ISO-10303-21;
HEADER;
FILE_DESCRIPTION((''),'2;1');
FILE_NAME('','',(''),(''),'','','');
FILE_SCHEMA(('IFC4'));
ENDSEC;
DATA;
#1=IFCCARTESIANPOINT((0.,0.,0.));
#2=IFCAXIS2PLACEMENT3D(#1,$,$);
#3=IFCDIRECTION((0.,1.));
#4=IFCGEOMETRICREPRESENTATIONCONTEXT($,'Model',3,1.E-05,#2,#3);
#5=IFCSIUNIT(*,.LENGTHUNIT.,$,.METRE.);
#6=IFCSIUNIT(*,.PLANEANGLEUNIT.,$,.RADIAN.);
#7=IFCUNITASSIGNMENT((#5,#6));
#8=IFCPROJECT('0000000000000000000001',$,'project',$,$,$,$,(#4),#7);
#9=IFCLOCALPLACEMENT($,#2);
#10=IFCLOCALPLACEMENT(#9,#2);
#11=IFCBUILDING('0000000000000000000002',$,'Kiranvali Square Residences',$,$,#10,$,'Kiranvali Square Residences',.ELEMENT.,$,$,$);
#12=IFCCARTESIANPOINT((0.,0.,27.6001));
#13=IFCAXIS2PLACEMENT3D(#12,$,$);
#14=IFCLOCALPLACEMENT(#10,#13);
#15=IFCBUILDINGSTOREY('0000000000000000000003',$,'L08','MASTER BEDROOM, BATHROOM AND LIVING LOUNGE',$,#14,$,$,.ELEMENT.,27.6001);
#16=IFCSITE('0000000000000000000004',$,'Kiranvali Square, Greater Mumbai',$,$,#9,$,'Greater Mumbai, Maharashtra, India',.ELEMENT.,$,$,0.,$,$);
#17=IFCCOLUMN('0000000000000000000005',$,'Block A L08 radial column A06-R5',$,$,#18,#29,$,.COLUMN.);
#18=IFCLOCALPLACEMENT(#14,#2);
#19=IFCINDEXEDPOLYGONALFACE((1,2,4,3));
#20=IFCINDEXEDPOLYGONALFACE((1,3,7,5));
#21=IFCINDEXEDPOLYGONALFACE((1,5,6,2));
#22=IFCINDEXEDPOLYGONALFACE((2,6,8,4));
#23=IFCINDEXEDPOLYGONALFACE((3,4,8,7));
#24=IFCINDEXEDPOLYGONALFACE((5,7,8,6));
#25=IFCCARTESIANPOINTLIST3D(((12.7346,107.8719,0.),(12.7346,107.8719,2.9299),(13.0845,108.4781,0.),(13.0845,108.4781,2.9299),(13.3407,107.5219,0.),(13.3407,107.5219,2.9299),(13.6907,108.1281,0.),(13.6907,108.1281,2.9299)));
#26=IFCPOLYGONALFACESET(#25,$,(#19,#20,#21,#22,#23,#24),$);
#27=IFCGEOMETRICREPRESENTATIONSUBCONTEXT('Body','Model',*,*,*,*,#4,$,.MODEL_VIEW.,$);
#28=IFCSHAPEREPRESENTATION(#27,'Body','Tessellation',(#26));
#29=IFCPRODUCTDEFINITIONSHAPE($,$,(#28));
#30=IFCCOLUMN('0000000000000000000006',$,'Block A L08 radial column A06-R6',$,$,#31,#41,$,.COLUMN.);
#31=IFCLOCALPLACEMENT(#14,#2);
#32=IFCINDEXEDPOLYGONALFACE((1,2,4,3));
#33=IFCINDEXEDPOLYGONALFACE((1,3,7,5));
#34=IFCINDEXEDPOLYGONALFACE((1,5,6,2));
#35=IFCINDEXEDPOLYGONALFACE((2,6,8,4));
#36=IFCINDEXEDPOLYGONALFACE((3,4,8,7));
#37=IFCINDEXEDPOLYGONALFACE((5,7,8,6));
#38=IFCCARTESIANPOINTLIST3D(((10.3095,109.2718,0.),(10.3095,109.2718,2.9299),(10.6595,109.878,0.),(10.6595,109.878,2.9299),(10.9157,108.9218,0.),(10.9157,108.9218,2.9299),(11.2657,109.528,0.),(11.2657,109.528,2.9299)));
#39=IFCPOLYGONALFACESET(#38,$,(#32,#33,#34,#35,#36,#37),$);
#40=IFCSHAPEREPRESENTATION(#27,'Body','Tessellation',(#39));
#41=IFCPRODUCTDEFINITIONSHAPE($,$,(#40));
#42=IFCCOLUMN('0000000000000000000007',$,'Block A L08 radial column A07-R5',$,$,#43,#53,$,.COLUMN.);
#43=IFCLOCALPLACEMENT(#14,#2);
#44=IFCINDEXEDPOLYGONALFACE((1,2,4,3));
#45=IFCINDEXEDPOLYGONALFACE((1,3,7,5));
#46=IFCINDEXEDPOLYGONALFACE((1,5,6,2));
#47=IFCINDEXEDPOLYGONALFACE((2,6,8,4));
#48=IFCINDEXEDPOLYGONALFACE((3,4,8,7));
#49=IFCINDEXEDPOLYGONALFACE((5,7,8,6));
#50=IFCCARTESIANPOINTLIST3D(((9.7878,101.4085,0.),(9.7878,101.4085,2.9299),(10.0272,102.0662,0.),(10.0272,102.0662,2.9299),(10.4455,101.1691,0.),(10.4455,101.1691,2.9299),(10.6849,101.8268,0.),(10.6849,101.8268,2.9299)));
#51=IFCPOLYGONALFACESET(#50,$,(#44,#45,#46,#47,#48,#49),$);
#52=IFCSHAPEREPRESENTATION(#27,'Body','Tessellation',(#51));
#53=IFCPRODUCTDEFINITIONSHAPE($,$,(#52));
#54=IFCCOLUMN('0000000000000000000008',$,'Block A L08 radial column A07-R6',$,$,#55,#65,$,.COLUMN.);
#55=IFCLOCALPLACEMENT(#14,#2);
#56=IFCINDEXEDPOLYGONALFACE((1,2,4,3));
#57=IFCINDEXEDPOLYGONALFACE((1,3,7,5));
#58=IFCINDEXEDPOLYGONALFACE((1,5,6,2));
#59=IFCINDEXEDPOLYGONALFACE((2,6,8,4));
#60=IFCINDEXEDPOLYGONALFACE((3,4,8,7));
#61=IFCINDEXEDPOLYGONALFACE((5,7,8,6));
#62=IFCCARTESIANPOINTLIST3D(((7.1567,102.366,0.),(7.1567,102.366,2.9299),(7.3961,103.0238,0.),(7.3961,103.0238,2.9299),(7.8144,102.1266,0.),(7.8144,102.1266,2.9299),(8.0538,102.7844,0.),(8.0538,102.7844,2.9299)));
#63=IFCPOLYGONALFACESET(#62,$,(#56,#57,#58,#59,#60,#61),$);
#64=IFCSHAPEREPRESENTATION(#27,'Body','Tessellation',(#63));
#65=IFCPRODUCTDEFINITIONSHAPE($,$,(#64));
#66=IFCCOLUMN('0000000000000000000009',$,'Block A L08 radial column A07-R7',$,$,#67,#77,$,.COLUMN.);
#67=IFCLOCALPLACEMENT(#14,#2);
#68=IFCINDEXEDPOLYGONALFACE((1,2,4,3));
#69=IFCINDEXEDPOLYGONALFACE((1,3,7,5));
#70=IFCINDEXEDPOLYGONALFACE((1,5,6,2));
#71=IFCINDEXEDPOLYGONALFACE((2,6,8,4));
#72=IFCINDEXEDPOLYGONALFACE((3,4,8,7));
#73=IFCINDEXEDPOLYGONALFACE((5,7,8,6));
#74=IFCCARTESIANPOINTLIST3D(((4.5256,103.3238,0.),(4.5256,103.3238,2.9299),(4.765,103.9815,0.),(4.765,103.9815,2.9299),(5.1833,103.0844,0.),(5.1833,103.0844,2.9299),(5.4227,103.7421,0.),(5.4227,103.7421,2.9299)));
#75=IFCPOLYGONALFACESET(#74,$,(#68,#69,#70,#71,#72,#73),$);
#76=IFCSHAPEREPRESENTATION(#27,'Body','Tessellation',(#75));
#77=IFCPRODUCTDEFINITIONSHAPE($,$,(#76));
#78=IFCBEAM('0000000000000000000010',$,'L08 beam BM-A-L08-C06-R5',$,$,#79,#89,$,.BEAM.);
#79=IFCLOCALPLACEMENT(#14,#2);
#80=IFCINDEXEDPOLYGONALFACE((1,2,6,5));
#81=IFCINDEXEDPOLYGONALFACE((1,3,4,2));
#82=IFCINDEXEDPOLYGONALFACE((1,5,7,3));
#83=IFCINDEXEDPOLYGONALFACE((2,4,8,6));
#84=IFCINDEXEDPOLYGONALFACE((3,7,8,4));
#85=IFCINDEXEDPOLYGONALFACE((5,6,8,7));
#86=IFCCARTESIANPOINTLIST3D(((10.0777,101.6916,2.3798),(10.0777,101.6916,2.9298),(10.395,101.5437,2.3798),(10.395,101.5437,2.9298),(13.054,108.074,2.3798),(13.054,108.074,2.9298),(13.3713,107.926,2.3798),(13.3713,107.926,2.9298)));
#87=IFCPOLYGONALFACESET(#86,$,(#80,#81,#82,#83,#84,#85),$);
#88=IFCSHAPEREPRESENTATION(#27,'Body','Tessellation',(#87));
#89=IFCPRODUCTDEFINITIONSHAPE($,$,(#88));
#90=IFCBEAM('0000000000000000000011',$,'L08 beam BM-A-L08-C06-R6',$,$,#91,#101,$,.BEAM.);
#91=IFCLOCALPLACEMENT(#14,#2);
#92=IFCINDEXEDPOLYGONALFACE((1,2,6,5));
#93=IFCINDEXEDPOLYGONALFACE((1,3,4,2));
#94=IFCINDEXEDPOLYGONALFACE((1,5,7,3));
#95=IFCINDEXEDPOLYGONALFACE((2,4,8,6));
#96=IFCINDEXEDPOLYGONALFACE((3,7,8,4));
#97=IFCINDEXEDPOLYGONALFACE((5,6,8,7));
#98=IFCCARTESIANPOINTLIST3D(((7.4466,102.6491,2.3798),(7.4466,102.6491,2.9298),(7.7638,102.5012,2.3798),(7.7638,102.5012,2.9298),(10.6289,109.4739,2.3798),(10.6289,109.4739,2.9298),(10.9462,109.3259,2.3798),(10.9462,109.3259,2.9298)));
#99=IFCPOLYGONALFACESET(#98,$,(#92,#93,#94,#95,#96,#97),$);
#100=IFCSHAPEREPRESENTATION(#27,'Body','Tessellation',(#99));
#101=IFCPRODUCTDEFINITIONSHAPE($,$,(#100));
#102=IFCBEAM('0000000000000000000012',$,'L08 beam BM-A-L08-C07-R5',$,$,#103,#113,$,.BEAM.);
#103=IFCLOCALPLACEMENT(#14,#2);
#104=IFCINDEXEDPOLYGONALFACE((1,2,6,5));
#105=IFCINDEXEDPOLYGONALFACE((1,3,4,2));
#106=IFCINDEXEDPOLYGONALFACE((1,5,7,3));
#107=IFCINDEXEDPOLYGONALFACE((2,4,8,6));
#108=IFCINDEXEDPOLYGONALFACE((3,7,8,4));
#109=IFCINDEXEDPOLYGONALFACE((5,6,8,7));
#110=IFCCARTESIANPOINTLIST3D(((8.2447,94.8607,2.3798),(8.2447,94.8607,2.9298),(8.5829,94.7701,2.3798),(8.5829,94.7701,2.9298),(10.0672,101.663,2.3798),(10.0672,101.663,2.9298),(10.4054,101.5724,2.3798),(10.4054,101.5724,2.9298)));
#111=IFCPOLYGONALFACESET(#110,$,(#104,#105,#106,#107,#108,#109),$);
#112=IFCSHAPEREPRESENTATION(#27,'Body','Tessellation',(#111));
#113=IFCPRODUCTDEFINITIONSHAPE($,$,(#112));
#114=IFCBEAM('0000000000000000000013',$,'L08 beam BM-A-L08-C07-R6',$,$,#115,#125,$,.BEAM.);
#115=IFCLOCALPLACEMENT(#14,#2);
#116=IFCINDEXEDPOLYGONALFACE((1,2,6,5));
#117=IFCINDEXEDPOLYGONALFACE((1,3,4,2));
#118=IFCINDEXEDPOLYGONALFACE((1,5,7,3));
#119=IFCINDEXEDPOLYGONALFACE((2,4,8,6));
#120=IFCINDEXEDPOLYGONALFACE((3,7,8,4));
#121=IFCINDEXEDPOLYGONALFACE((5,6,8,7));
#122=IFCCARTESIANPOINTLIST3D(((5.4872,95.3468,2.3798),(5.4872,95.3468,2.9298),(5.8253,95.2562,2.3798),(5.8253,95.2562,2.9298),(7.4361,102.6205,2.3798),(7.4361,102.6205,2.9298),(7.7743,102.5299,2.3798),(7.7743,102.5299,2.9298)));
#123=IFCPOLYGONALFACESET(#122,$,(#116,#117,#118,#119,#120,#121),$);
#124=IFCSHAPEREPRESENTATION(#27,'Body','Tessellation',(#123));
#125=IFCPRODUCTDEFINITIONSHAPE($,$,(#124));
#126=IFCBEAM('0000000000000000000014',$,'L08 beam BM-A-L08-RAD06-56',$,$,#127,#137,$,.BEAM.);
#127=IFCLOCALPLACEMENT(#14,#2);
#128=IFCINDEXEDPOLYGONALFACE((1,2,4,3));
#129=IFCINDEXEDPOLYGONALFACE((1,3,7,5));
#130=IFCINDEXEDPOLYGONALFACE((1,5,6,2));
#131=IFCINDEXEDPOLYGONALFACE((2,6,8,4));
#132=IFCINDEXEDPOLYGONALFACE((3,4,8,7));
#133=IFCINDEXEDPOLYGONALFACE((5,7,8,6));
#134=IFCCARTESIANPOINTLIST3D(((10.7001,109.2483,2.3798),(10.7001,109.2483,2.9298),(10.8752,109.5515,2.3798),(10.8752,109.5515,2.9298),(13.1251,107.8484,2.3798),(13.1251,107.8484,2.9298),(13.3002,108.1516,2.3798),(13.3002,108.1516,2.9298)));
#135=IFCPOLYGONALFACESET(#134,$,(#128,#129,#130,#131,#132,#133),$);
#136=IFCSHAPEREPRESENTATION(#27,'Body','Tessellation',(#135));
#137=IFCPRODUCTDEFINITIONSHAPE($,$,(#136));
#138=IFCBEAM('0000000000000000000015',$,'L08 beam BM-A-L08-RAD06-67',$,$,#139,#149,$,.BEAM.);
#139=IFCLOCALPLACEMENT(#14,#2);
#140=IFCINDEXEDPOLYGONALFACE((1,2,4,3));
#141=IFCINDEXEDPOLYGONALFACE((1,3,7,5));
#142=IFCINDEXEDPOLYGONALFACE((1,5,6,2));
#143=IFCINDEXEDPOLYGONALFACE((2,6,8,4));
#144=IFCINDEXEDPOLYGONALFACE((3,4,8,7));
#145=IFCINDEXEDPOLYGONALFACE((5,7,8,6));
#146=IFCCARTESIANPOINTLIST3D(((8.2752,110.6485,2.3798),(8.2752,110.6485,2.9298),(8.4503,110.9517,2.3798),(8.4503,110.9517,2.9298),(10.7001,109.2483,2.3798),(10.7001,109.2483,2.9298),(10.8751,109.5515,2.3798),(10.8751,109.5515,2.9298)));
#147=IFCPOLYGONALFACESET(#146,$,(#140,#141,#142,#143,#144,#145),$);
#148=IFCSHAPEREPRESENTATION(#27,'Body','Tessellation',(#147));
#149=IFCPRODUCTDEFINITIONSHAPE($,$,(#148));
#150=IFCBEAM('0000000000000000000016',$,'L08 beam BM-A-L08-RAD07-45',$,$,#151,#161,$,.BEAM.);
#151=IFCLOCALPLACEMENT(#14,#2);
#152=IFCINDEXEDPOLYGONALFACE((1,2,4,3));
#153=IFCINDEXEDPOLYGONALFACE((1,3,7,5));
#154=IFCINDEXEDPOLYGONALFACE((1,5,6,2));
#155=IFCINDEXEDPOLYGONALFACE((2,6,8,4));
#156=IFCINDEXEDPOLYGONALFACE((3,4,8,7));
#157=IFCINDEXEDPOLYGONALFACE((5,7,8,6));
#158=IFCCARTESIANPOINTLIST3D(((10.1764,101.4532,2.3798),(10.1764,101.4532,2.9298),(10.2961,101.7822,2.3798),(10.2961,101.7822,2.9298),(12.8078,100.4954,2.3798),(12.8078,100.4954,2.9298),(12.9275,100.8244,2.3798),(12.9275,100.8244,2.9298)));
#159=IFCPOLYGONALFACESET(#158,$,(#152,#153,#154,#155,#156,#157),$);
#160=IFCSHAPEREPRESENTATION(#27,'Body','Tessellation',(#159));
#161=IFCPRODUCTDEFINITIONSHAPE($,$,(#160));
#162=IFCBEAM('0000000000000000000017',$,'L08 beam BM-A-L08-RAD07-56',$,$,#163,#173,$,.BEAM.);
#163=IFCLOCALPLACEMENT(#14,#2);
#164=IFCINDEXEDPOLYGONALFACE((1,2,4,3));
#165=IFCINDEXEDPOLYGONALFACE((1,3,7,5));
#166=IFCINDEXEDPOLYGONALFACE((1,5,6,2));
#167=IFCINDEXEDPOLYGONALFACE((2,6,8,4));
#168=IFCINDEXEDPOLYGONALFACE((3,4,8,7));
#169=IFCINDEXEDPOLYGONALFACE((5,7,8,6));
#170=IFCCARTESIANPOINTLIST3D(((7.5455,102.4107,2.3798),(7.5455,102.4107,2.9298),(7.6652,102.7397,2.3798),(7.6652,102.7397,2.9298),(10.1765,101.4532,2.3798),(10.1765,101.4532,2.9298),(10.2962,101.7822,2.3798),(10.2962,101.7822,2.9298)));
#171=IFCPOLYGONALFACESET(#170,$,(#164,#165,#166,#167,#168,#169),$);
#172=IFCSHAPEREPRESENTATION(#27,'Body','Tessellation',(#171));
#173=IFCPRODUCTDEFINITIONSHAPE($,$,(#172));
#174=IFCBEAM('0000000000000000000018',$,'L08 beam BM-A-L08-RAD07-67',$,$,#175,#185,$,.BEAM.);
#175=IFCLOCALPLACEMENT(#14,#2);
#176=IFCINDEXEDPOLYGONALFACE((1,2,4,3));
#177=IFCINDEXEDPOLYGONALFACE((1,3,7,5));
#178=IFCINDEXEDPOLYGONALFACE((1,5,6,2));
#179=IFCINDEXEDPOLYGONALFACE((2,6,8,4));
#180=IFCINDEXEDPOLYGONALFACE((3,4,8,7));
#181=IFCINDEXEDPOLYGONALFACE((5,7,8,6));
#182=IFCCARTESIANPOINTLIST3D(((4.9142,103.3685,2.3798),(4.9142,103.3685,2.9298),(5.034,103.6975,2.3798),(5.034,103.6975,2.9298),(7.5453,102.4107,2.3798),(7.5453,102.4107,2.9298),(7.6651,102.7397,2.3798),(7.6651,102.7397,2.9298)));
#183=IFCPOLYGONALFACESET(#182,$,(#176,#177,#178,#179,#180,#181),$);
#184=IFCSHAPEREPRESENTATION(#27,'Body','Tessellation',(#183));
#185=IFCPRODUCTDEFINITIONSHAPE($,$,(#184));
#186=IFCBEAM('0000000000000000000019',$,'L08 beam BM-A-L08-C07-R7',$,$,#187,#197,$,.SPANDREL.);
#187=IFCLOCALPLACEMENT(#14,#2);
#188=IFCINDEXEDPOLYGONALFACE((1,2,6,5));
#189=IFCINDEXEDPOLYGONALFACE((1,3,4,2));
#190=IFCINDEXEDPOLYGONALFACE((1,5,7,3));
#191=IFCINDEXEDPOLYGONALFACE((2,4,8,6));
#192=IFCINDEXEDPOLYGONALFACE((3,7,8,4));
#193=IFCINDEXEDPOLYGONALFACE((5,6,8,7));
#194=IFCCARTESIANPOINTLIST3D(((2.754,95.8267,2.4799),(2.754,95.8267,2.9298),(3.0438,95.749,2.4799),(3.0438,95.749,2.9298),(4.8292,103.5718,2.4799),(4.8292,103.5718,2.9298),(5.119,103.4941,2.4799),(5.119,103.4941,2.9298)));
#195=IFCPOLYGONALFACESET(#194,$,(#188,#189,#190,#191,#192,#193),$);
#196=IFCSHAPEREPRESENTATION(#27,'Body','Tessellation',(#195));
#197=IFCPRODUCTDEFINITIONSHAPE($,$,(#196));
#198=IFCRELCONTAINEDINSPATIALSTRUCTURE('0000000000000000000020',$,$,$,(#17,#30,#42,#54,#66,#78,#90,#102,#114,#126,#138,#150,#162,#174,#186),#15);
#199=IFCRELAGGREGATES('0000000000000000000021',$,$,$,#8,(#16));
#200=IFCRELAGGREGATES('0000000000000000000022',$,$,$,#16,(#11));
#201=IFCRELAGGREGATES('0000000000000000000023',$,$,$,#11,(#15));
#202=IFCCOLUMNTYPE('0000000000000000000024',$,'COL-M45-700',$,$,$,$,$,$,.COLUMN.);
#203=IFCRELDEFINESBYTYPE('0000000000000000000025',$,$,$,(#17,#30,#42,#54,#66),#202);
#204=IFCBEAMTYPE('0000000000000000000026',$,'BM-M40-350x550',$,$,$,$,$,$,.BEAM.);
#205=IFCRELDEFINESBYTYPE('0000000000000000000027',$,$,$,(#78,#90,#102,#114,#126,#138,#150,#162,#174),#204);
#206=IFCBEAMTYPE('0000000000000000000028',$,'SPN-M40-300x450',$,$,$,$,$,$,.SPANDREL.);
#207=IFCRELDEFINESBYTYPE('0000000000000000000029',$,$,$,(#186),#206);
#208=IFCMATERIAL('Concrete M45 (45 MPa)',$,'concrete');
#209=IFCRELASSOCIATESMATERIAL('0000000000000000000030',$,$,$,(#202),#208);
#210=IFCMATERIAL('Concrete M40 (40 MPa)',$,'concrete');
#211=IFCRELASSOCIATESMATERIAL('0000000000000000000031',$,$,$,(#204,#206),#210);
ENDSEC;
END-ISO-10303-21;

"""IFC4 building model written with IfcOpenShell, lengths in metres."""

from ifc_helpers import new_model, si_unit, direction, frame, origin, origin_2d, place, context, subcontext, project, spatial, rectangle, extrude, material, material_profile, profile_set, type_object, element, save


model = new_model("IFC4")

# Units and contexts
model_context = context("Model", 3, precision=1e-05, world=origin(), true_north=direction((0.0, 1.0)))
body_context = subcontext(model_context, "Body", "Model", "MODEL_VIEW")
ifc_project = project(units=[si_unit("LENGTHUNIT", "METRE"), si_unit("PLANEANGLEUNIT", "RADIAN")], contexts=[model_context])

# Site, building, storey
site_placement = place(None, origin())
site = spatial("IfcSite", under=ifc_project, at=site_placement, Name="Kiranvali Square, Greater Mumbai", LongName="Greater Mumbai, Maharashtra, India", CompositionType="ELEMENT", RefElevation=0.0)
building_placement = place(site_placement, origin())
building = spatial("IfcBuilding", under=site, at=building_placement, Name="Kiranvali Square Residences", LongName="Kiranvali Square Residences", CompositionType="ELEMENT")
storey_placement = place(building_placement, frame((0.0, 0.0, 27.6001)))
storey = spatial("IfcBuildingStorey", under=building, at=storey_placement, Name="L08", Description="MASTER BEDROOM, BATHROOM AND LIVING LOUNGE", CompositionType="ELEMENT", Elevation=27.6001)

# Columns
ifc_material_1 = material(Name="Concrete M45 (45 MPa)", Category="concrete")
ifc_material_profile_1 = material_profile(ifc_material_1, rectangle(XDim=0.7, YDim=0.7, at=origin_2d()), Name="RC 700x700")
ifc_profile_set_1 = profile_set([ifc_material_profile_1], Name="Concrete M45 (45 MPa)")
column_type = type_object("IfcColumnType", Name="COL-M45-700", PredefinedType="COLUMN", material=ifc_profile_set_1)
for number, where, z_axis, x_axis, name in (
    (1, (13.2126, 108.0, 0.0), (0.0, 0.0, 1.0), (0.5, 0.866025, 0.0), "Block A L08 radial column A06-R5"),
    (2, (10.7876, 109.3999, 0.0), (0.0, 0.0, 1.0), (0.5, 0.866025, 0.0), "Block A L08 radial column A06-R6"),
    (3, (10.2363, 101.6177, 0.0), (0.0, 0.0, 1.0), (0.34202, 0.939693, 0.0), "Block A L08 radial column A07-R5"),
    (4, (7.6052, 102.5752, 0.0), (0.0, 0.0, 1.0), (0.34202, 0.939693, 0.0), "Block A L08 radial column A07-R6"),
    (5, (4.9741, 103.533, 0.0), (0.0, 0.0, 1.0), (0.34202, 0.939693, 0.0), "Block A L08 radial column A07-R7"),
):
    element("IfcColumn", number, at=place(storey_placement, frame(where, z_axis=z_axis, x_axis=x_axis)), inside=storey, type_object=column_type, Name=name, PredefinedType="COLUMN", context=body_context, shape_type="SweptSolid", body=[
        extrude(rectangle(XDim=0.7, YDim=0.7, at=origin_2d()), origin(), (0.0, 0.0, 1.0), 2.9299),
    ])

# Beams
ifc_material_2 = material(Name="Concrete M40 (40 MPa)", Category="concrete")
ifc_material_profile_2 = material_profile(ifc_material_2, rectangle(XDim=0.3501, YDim=0.55, at=origin_2d()), Name="RC 350x550")
ifc_profile_set_2 = profile_set([ifc_material_profile_2], Name="Concrete M40 (40 MPa)")
beam_type_1 = type_object("IfcBeamType", Name="BM-M40-350x550", PredefinedType="BEAM", material=ifc_profile_set_2)
beam_1_placement = place(storey_placement, frame((13.2126, 108.0, 2.6548), z_axis=(-0.422641, -0.906297, 0.0), x_axis=(0.906297, -0.422641, 0.0)))
element("IfcBeam", 6, at=beam_1_placement, inside=storey, type_object=beam_type_1, Name="L08 beam BM-A-L08-C06-R5", PredefinedType="BEAM", context=body_context, shape_type="SweptSolid", body=[
    extrude(rectangle(XDim=0.3501, YDim=0.55, at=origin_2d()), origin(), (0.0, 0.0, 1.0), 7.0422),
])
beam_2_placement = place(storey_placement, frame((10.7876, 109.3999, 2.6548), z_axis=(-0.422614, -0.90631, 0.0), x_axis=(0.90631, -0.422614, 0.0)))
element("IfcBeam", 7, at=beam_2_placement, inside=storey, type_object=beam_type_1, Name="L08 beam BM-A-L08-C06-R6", PredefinedType="BEAM", context=body_context, shape_type="SweptSolid", body=[
    extrude(rectangle(XDim=0.3501, YDim=0.55, at=origin_2d()), origin(), (0.0, 0.0, 1.0), 7.5303),
])
beam_3_placement = place(storey_placement, frame((10.2363, 101.6177, 2.6548), z_axis=(-0.2588, -0.965931, 0.0), x_axis=(0.965931, -0.2588, 0.0)))
element("IfcBeam", 8, at=beam_3_placement, inside=storey, type_object=beam_type_1, Name="L08 beam BM-A-L08-C07-R5", PredefinedType="BEAM", context=body_context, shape_type="SweptSolid", body=[
    extrude(rectangle(XDim=0.3501, YDim=0.55, at=origin_2d()), origin(), (0.0, 0.0, 1.0), 7.0422),
])
beam_4_placement = place(storey_placement, frame((7.6052, 102.5752, 2.6548), z_axis=(-0.258819, -0.965926, 0.0), x_axis=(0.965926, -0.258819, 0.0)))
element("IfcBeam", 9, at=beam_4_placement, inside=storey, type_object=beam_type_1, Name="L08 beam BM-A-L08-C07-R6", PredefinedType="BEAM", context=body_context, shape_type="SweptSolid", body=[
    extrude(rectangle(XDim=0.3501, YDim=0.55, at=origin_2d()), origin(), (0.0, 0.0, 1.0), 7.5303),
])
for number, where, z_axis, x_axis, name in (
    (10, (13.2126, 108.0, 2.6548), (-0.866056, 0.499946, 0.0), (-0.499946, -0.866056, 0.0), "L08 beam BM-A-L08-RAD06-56"),
    (11, (10.7876, 109.3999, 2.6548), (-0.865997, 0.50005, 0.0), (-0.50005, -0.865997, 0.0), "L08 beam BM-A-L08-RAD06-67"),
):
    element("IfcBeam", number, at=place(storey_placement, frame(where, z_axis=z_axis, x_axis=x_axis)), inside=storey, type_object=beam_type_1, Name=name, PredefinedType="BEAM", context=body_context, shape_type="SweptSolid", body=[
        extrude(rectangle(XDim=0.3501, YDim=0.55, at=origin_2d()), origin(), (0.0, 0.0, 1.0), 2.8),
    ])
beam_5_placement = place(storey_placement, frame((12.8677, 100.6599, 2.6548), z_axis=(-0.939689, 0.34203, 0.0), x_axis=(-0.34203, -0.939689, 0.0)))
element("IfcBeam", 12, at=beam_5_placement, inside=storey, type_object=beam_type_1, Name="L08 beam BM-A-L08-RAD07-45", PredefinedType="BEAM", context=body_context, shape_type="SweptSolid", body=[
    extrude(rectangle(XDim=0.3501, YDim=0.55, at=origin_2d()), origin(), (0.0, 0.0, 1.0), 2.8003),
])
beam_6_placement = place(storey_placement, frame((10.2363, 101.6177, 2.6548), z_axis=(-0.939707, 0.341981, 0.0), x_axis=(-0.341981, -0.939707, 0.0)))
element("IfcBeam", 13, at=beam_6_placement, inside=storey, type_object=beam_type_1, Name="L08 beam BM-A-L08-RAD07-56", PredefinedType="BEAM", context=body_context, shape_type="SweptSolid", body=[
    extrude(rectangle(XDim=0.3501, YDim=0.55, at=origin_2d()), origin(), (0.0, 0.0, 1.0), 2.7998),
])
beam_7_placement = place(storey_placement, frame((7.6052, 102.5752, 2.6548), z_axis=(-0.939679, 0.342058, 0.0), x_axis=(-0.342058, -0.939679, 0.0)))
element("IfcBeam", 14, at=beam_7_placement, inside=storey, type_object=beam_type_1, Name="L08 beam BM-A-L08-RAD07-67", PredefinedType="BEAM", context=body_context, shape_type="SweptSolid", body=[
    extrude(rectangle(XDim=0.3501, YDim=0.55, at=origin_2d()), origin(), (0.0, 0.0, 1.0), 2.8),
])
ifc_material_profile_3 = material_profile(ifc_material_2, rectangle(XDim=0.3, YDim=0.45, at=origin_2d()), Name="RC 300x450")
ifc_profile_set_3 = profile_set([ifc_material_profile_3], Name="Concrete M40 (40 MPa)")
beam_type_2 = type_object("IfcBeamType", Name="SPN-M40-300x450", PredefinedType="SPANDREL", material=ifc_profile_set_3)
beam_8_placement = place(storey_placement, frame((4.9741, 103.533, 2.7048), z_axis=(-0.258807, -0.965929, 0.0), x_axis=(0.965929, -0.258807, 0.0)))
element("IfcBeam", 15, at=beam_8_placement, inside=storey, type_object=beam_type_2, Name="L08 beam BM-A-L08-C07-R7", PredefinedType="SPANDREL", context=body_context, shape_type="SweptSolid", body=[
    extrude(rectangle(XDim=0.3, YDim=0.45, at=origin_2d()), origin(), (0.0, 0.0, 1.0), 8.0183),
])

save(model, "model.ifc")
